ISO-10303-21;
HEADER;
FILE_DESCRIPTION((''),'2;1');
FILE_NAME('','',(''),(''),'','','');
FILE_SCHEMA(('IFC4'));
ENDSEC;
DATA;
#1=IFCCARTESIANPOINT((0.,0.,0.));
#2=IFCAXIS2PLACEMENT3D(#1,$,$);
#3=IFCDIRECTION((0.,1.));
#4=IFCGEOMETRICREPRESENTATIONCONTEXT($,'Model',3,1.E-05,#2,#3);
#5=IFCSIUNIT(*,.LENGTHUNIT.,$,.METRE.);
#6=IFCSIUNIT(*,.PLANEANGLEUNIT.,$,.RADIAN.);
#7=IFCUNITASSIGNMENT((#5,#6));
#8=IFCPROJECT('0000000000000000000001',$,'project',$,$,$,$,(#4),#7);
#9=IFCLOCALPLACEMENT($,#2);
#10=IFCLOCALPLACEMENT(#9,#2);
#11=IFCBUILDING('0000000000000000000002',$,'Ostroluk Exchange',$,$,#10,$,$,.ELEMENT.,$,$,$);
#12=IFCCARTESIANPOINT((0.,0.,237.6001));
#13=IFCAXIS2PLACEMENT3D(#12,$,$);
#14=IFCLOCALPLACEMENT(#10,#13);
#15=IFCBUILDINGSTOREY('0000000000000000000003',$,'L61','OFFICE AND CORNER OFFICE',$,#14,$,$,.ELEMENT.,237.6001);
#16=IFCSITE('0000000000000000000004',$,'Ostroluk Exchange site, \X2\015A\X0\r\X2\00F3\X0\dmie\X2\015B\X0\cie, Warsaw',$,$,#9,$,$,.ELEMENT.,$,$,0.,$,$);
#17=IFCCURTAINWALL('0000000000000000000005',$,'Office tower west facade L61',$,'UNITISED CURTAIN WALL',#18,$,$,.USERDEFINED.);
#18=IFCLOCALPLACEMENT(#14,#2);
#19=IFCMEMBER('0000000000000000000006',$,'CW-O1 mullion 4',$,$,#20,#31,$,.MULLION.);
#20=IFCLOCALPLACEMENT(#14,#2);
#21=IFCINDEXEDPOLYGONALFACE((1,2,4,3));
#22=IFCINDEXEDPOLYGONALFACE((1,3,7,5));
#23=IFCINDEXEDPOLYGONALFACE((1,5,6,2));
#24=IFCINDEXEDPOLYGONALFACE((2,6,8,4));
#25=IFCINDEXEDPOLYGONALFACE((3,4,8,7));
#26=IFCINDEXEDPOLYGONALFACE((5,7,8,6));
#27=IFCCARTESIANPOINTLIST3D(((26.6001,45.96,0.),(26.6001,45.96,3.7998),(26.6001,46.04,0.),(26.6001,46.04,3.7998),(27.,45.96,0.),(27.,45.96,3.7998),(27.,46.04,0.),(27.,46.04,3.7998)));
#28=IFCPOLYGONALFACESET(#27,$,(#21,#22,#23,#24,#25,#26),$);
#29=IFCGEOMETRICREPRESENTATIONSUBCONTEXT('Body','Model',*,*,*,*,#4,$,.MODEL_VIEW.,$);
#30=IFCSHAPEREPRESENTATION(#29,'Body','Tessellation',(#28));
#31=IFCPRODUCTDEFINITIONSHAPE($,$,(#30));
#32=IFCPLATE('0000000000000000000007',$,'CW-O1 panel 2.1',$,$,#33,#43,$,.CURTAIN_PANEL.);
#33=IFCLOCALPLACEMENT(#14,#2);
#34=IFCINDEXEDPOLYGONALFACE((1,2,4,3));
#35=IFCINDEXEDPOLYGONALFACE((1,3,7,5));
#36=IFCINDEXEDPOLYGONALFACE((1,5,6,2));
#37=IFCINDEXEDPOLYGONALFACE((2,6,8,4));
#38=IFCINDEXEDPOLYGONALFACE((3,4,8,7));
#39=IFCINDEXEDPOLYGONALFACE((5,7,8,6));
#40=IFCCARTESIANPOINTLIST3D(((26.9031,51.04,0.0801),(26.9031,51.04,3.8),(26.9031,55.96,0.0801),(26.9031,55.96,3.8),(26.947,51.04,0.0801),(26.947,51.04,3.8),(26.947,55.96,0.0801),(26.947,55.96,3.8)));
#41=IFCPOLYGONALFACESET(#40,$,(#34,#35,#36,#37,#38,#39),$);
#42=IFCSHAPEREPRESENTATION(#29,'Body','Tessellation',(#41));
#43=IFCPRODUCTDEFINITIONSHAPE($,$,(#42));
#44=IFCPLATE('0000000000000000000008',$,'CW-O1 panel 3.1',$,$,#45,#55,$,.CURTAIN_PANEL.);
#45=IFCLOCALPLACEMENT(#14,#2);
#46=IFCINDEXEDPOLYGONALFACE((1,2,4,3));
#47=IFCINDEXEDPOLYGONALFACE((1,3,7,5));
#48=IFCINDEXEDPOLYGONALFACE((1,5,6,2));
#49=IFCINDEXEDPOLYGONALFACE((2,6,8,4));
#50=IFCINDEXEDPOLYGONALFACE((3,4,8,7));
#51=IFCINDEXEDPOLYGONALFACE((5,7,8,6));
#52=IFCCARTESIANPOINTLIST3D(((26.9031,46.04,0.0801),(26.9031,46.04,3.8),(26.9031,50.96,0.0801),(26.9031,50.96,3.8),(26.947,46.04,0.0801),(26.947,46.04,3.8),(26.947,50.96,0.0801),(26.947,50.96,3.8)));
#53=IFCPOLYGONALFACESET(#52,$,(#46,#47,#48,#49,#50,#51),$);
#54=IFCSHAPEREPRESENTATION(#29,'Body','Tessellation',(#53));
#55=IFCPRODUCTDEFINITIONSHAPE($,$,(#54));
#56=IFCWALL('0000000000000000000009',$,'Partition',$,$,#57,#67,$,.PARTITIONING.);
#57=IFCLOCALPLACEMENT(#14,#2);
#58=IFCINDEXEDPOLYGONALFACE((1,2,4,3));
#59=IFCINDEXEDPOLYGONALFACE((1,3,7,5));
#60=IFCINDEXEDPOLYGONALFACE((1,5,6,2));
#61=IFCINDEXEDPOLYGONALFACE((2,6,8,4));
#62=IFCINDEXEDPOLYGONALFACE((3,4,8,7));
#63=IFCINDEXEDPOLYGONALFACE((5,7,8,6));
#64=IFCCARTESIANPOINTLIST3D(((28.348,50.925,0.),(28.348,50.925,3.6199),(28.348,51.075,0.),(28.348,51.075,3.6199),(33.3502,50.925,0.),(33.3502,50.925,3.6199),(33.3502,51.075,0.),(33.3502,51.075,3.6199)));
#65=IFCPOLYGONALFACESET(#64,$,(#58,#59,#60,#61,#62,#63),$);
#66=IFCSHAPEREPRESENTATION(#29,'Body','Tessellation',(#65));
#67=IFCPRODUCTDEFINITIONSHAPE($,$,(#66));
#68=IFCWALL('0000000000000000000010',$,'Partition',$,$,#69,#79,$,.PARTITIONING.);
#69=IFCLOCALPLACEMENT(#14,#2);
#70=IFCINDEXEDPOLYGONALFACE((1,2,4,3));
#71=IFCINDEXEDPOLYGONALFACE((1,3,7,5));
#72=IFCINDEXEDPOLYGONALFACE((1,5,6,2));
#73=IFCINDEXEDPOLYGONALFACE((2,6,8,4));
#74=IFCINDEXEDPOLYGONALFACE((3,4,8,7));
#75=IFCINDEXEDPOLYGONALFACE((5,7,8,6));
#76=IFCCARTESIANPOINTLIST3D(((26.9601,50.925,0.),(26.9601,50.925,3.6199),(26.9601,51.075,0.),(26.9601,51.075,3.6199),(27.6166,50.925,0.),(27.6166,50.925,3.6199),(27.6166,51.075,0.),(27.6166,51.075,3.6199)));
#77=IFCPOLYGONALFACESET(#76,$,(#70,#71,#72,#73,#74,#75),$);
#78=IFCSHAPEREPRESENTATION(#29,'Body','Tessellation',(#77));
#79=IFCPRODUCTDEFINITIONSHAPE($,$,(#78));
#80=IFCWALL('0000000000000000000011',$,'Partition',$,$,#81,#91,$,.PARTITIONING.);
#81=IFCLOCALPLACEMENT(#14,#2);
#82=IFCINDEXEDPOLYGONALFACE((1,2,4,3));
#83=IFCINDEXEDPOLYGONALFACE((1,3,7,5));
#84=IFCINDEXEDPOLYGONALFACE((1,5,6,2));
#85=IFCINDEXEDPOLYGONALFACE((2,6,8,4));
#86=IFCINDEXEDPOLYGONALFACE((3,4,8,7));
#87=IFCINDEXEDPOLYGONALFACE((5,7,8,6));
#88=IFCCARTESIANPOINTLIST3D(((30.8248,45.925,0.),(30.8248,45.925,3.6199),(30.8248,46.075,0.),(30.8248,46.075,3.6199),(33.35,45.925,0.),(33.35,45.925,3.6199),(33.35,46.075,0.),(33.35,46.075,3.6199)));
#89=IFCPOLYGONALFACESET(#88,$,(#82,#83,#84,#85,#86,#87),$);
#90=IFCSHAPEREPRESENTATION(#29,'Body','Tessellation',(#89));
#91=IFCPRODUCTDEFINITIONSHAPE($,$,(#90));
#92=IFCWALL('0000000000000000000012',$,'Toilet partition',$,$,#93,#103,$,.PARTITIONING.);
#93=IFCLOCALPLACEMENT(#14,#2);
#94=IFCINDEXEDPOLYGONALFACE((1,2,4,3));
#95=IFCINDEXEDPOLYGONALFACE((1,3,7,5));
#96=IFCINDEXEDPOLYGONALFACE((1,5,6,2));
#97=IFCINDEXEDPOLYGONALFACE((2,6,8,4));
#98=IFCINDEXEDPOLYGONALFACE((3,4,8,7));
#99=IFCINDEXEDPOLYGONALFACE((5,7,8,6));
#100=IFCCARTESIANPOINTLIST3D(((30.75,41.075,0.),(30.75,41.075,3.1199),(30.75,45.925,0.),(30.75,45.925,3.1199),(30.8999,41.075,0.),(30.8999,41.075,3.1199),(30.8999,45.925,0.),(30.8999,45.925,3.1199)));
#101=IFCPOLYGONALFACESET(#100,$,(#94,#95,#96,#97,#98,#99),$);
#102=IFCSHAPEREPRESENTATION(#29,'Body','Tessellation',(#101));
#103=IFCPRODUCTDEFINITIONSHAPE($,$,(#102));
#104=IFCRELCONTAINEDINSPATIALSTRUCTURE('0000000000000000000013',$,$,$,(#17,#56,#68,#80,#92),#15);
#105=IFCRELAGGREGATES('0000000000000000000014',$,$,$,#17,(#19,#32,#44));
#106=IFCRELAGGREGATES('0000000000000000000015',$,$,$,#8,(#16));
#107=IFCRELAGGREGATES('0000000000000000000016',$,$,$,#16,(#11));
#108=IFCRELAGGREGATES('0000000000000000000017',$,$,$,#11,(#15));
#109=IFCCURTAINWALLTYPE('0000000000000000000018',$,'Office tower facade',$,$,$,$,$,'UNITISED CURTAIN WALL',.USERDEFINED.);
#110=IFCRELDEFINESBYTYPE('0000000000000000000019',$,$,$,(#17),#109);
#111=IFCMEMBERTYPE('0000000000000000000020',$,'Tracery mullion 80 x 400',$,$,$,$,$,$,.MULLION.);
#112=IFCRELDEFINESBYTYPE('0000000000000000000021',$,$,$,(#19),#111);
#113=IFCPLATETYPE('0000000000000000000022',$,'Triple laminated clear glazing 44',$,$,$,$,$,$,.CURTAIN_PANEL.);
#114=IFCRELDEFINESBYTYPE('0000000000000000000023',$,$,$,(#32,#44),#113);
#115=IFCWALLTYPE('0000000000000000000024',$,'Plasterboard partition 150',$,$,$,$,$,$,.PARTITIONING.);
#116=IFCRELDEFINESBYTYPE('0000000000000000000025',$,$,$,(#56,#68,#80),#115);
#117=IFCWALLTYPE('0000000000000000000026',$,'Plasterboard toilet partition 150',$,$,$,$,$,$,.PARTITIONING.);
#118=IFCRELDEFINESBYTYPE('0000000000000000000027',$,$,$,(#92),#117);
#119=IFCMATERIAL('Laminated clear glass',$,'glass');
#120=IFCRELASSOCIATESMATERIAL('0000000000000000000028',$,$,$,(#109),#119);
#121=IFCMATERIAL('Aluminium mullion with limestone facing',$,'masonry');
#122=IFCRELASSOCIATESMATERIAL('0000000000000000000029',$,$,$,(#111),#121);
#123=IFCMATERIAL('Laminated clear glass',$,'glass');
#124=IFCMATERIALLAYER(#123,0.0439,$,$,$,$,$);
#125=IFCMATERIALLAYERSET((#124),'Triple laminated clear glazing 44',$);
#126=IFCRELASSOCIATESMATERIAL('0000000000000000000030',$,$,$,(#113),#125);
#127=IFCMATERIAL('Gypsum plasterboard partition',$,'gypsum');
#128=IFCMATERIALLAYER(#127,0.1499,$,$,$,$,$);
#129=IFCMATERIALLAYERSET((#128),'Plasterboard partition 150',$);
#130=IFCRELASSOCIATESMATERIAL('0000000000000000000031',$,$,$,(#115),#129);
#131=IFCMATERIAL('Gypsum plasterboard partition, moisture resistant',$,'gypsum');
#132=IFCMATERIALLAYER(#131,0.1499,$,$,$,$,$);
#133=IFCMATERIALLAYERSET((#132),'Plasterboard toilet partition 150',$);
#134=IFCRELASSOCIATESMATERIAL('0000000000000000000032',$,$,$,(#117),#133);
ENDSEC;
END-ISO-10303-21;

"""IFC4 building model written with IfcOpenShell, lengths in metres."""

from ifc_helpers import new_model, si_unit, direction, frame, frame_2d, origin, origin_2d, place, context, subcontext, project, spatial, rectangle, extrude, material, layer, layer_set, material_profile, profile_set, type_object, element, aggregate, save


model = new_model("IFC4")

# Units and contexts
model_context = context("Model", 3, precision=1e-05, world=origin(), true_north=direction((0.0, 1.0)))
body_context = subcontext(model_context, "Body", "Model", "MODEL_VIEW")
ifc_project = project(units=[si_unit("LENGTHUNIT", "METRE"), si_unit("PLANEANGLEUNIT", "RADIAN")], contexts=[model_context])

# Site, building, storey
site_placement = place(None, origin())
site = spatial("IfcSite", under=ifc_project, at=site_placement, Name="Ostroluk Exchange site, Śródmieście, Warsaw", CompositionType="ELEMENT", RefElevation=0.0)
building_placement = place(site_placement, origin())
building = spatial("IfcBuilding", under=site, at=building_placement, Name="Ostroluk Exchange", CompositionType="ELEMENT")
storey_placement = place(building_placement, frame((0.0, 0.0, 237.6001)))
storey = spatial("IfcBuildingStorey", under=building, at=storey_placement, Name="L61", Description="OFFICE AND CORNER OFFICE", CompositionType="ELEMENT", Elevation=237.6001)

# Curtain wall, member, plates
ifc_material_1 = material(Name="Laminated clear glass", Category="glass")
curtain_wall_type = type_object("IfcCurtainWallType", Name="Office tower facade", ElementType="UNITISED CURTAIN WALL", PredefinedType="USERDEFINED", material=ifc_material_1)
curtain_wall_placement = place(storey_placement, origin())
curtain_wall = element("IfcCurtainWall", 1, at=curtain_wall_placement, inside=storey, type_object=curtain_wall_type, Name="Office tower west facade L61", ObjectType="UNITISED CURTAIN WALL", PredefinedType="USERDEFINED")
ifc_material_2 = material(Name="Aluminium mullion with limestone facing", Category="masonry")
ifc_material_profile_1 = material_profile(ifc_material_2, rectangle(XDim=0.3999, YDim=0.0801, at=origin_2d()), Name="Tracery mullion 80 x 400")
ifc_profile_set_1 = profile_set([ifc_material_profile_1], Name="Aluminium mullion with limestone facing")
member_type_1 = type_object("IfcMemberType", Name="Tracery mullion 80 x 400", PredefinedType="MULLION", material=ifc_profile_set_1)
member_1_placement = place(storey_placement, frame((26.8, 46.0, 0.0), z_axis=(0.0, 0.0, 1.0), x_axis=(1.0, 0.0, 0.0)))
member_1 = element("IfcMember", 2, at=member_1_placement, type_object=member_type_1, Name="CW-O1 mullion 4", PredefinedType="MULLION", context=body_context, shape_type="SweptSolid", body=[
    extrude(rectangle(XDim=0.3999, YDim=0.0801, at=origin_2d()), origin(), (0.0, 0.0, 1.0), 3.7998),
])
ifc_material_3 = material(Name="Laminated clear glass", Category="glass")
ifc_layer_1 = layer(ifc_material_3, 0.0439)
ifc_layer_set_1 = layer_set([ifc_layer_1], Name="Triple laminated clear glazing 44")
plate_type = type_object("IfcPlateType", Name="Triple laminated clear glazing 44", PredefinedType="CURTAIN_PANEL", material=ifc_layer_set_1)
plate_1_placement = place(storey_placement, frame((26.925, 53.5, 0.0801), z_axis=(0.0, 0.0, 1.0), x_axis=(0.0, -1.0, 0.0)))
plate_1 = element("IfcPlate", 3, at=plate_1_placement, type_object=plate_type, Name="CW-O1 panel 2.1", PredefinedType="CURTAIN_PANEL", context=body_context, shape_type="SweptSolid", body=[
    extrude(rectangle(XDim=4.9199, YDim=0.0439, at=origin_2d()), origin(), (0.0, 0.0, 1.0), 3.72),
])
plate_2_placement = place(storey_placement, frame((26.925, 48.5, 0.0801), z_axis=(0.0, 0.0, 1.0), x_axis=(0.0, -1.0, 0.0)))
plate_2 = element("IfcPlate", 4, at=plate_2_placement, type_object=plate_type, Name="CW-O1 panel 3.1", PredefinedType="CURTAIN_PANEL", context=body_context, shape_type="SweptSolid", body=[
    extrude(rectangle(XDim=4.9199, YDim=0.0439, at=origin_2d()), origin(), (0.0, 0.0, 1.0), 3.72),
])
aggregate(curtain_wall, [member_1, plate_1, plate_2])

# Walls
ifc_material_4 = material(Name="Gypsum plasterboard partition", Category="gypsum")
ifc_layer_2 = layer(ifc_material_4, 0.1499)
ifc_layer_set_2 = layer_set([ifc_layer_2], Name="Plasterboard partition 150")
wall_type_1 = type_object("IfcWallType", Name="Plasterboard partition 150", PredefinedType="PARTITIONING", material=ifc_layer_set_2)
wall_1_placement = place(storey_placement, frame((33.3501, 51.0, 0.0), z_axis=(0.0, 0.0, 1.0), x_axis=(-1.0, 0.0, 0.0)))
element("IfcWall", 5, at=wall_1_placement, inside=storey, type_object=wall_type_1, Name="Partition", PredefinedType="PARTITIONING", context=body_context, shape_type="SweptSolid", body=[
    extrude(rectangle(XDim=5.0022, YDim=0.1499, at=frame_2d((2.501, 0.0))), origin(), (0.0, 0.0, 1.0), 3.6199),
])
wall_2_placement = place(storey_placement, frame((27.6165, 51.0, 0.0), z_axis=(0.0, 0.0, 1.0), x_axis=(-1.0, 0.0, 0.0)))
element("IfcWall", 6, at=wall_2_placement, inside=storey, type_object=wall_type_1, Name="Partition", PredefinedType="PARTITIONING", context=body_context, shape_type="SweptSolid", body=[
    extrude(rectangle(XDim=0.6565, YDim=0.1499, at=frame_2d((0.3281, 0.0))), origin(), (0.0, 0.0, 1.0), 3.6199),
])
wall_3_placement = place(storey_placement, frame((33.3501, 46.0, 0.0), z_axis=(0.0, 0.0, 1.0), x_axis=(-1.0, 0.0, 0.0)))
element("IfcWall", 7, at=wall_3_placement, inside=storey, type_object=wall_type_1, Name="Partition", PredefinedType="PARTITIONING", context=body_context, shape_type="SweptSolid", body=[
    extrude(rectangle(XDim=2.5251, YDim=0.1499, at=frame_2d((1.2627, 0.0))), origin(), (0.0, 0.0, 1.0), 3.6199),
])
ifc_material_5 = material(Name="Gypsum plasterboard partition, moisture resistant", Category="gypsum")
ifc_layer_3 = layer(ifc_material_5, 0.1499)
ifc_layer_set_3 = layer_set([ifc_layer_3], Name="Plasterboard toilet partition 150")
wall_type_2 = type_object("IfcWallType", Name="Plasterboard toilet partition 150", PredefinedType="PARTITIONING", material=ifc_layer_set_3)
wall_4_placement = place(storey_placement, frame((30.825, 45.925, 0.0), z_axis=(0.0, 0.0, 1.0), x_axis=(0.0, -1.0, 0.0)))
element("IfcWall", 8, at=wall_4_placement, inside=storey, type_object=wall_type_2, Name="Toilet partition", PredefinedType="PARTITIONING", context=body_context, shape_type="SweptSolid", body=[
    extrude(rectangle(XDim=4.8501, YDim=0.1499, at=frame_2d((2.425, 0.0))), origin(), (0.0, 0.0, 1.0), 3.1199),
])

save(model, "model.ifc")
